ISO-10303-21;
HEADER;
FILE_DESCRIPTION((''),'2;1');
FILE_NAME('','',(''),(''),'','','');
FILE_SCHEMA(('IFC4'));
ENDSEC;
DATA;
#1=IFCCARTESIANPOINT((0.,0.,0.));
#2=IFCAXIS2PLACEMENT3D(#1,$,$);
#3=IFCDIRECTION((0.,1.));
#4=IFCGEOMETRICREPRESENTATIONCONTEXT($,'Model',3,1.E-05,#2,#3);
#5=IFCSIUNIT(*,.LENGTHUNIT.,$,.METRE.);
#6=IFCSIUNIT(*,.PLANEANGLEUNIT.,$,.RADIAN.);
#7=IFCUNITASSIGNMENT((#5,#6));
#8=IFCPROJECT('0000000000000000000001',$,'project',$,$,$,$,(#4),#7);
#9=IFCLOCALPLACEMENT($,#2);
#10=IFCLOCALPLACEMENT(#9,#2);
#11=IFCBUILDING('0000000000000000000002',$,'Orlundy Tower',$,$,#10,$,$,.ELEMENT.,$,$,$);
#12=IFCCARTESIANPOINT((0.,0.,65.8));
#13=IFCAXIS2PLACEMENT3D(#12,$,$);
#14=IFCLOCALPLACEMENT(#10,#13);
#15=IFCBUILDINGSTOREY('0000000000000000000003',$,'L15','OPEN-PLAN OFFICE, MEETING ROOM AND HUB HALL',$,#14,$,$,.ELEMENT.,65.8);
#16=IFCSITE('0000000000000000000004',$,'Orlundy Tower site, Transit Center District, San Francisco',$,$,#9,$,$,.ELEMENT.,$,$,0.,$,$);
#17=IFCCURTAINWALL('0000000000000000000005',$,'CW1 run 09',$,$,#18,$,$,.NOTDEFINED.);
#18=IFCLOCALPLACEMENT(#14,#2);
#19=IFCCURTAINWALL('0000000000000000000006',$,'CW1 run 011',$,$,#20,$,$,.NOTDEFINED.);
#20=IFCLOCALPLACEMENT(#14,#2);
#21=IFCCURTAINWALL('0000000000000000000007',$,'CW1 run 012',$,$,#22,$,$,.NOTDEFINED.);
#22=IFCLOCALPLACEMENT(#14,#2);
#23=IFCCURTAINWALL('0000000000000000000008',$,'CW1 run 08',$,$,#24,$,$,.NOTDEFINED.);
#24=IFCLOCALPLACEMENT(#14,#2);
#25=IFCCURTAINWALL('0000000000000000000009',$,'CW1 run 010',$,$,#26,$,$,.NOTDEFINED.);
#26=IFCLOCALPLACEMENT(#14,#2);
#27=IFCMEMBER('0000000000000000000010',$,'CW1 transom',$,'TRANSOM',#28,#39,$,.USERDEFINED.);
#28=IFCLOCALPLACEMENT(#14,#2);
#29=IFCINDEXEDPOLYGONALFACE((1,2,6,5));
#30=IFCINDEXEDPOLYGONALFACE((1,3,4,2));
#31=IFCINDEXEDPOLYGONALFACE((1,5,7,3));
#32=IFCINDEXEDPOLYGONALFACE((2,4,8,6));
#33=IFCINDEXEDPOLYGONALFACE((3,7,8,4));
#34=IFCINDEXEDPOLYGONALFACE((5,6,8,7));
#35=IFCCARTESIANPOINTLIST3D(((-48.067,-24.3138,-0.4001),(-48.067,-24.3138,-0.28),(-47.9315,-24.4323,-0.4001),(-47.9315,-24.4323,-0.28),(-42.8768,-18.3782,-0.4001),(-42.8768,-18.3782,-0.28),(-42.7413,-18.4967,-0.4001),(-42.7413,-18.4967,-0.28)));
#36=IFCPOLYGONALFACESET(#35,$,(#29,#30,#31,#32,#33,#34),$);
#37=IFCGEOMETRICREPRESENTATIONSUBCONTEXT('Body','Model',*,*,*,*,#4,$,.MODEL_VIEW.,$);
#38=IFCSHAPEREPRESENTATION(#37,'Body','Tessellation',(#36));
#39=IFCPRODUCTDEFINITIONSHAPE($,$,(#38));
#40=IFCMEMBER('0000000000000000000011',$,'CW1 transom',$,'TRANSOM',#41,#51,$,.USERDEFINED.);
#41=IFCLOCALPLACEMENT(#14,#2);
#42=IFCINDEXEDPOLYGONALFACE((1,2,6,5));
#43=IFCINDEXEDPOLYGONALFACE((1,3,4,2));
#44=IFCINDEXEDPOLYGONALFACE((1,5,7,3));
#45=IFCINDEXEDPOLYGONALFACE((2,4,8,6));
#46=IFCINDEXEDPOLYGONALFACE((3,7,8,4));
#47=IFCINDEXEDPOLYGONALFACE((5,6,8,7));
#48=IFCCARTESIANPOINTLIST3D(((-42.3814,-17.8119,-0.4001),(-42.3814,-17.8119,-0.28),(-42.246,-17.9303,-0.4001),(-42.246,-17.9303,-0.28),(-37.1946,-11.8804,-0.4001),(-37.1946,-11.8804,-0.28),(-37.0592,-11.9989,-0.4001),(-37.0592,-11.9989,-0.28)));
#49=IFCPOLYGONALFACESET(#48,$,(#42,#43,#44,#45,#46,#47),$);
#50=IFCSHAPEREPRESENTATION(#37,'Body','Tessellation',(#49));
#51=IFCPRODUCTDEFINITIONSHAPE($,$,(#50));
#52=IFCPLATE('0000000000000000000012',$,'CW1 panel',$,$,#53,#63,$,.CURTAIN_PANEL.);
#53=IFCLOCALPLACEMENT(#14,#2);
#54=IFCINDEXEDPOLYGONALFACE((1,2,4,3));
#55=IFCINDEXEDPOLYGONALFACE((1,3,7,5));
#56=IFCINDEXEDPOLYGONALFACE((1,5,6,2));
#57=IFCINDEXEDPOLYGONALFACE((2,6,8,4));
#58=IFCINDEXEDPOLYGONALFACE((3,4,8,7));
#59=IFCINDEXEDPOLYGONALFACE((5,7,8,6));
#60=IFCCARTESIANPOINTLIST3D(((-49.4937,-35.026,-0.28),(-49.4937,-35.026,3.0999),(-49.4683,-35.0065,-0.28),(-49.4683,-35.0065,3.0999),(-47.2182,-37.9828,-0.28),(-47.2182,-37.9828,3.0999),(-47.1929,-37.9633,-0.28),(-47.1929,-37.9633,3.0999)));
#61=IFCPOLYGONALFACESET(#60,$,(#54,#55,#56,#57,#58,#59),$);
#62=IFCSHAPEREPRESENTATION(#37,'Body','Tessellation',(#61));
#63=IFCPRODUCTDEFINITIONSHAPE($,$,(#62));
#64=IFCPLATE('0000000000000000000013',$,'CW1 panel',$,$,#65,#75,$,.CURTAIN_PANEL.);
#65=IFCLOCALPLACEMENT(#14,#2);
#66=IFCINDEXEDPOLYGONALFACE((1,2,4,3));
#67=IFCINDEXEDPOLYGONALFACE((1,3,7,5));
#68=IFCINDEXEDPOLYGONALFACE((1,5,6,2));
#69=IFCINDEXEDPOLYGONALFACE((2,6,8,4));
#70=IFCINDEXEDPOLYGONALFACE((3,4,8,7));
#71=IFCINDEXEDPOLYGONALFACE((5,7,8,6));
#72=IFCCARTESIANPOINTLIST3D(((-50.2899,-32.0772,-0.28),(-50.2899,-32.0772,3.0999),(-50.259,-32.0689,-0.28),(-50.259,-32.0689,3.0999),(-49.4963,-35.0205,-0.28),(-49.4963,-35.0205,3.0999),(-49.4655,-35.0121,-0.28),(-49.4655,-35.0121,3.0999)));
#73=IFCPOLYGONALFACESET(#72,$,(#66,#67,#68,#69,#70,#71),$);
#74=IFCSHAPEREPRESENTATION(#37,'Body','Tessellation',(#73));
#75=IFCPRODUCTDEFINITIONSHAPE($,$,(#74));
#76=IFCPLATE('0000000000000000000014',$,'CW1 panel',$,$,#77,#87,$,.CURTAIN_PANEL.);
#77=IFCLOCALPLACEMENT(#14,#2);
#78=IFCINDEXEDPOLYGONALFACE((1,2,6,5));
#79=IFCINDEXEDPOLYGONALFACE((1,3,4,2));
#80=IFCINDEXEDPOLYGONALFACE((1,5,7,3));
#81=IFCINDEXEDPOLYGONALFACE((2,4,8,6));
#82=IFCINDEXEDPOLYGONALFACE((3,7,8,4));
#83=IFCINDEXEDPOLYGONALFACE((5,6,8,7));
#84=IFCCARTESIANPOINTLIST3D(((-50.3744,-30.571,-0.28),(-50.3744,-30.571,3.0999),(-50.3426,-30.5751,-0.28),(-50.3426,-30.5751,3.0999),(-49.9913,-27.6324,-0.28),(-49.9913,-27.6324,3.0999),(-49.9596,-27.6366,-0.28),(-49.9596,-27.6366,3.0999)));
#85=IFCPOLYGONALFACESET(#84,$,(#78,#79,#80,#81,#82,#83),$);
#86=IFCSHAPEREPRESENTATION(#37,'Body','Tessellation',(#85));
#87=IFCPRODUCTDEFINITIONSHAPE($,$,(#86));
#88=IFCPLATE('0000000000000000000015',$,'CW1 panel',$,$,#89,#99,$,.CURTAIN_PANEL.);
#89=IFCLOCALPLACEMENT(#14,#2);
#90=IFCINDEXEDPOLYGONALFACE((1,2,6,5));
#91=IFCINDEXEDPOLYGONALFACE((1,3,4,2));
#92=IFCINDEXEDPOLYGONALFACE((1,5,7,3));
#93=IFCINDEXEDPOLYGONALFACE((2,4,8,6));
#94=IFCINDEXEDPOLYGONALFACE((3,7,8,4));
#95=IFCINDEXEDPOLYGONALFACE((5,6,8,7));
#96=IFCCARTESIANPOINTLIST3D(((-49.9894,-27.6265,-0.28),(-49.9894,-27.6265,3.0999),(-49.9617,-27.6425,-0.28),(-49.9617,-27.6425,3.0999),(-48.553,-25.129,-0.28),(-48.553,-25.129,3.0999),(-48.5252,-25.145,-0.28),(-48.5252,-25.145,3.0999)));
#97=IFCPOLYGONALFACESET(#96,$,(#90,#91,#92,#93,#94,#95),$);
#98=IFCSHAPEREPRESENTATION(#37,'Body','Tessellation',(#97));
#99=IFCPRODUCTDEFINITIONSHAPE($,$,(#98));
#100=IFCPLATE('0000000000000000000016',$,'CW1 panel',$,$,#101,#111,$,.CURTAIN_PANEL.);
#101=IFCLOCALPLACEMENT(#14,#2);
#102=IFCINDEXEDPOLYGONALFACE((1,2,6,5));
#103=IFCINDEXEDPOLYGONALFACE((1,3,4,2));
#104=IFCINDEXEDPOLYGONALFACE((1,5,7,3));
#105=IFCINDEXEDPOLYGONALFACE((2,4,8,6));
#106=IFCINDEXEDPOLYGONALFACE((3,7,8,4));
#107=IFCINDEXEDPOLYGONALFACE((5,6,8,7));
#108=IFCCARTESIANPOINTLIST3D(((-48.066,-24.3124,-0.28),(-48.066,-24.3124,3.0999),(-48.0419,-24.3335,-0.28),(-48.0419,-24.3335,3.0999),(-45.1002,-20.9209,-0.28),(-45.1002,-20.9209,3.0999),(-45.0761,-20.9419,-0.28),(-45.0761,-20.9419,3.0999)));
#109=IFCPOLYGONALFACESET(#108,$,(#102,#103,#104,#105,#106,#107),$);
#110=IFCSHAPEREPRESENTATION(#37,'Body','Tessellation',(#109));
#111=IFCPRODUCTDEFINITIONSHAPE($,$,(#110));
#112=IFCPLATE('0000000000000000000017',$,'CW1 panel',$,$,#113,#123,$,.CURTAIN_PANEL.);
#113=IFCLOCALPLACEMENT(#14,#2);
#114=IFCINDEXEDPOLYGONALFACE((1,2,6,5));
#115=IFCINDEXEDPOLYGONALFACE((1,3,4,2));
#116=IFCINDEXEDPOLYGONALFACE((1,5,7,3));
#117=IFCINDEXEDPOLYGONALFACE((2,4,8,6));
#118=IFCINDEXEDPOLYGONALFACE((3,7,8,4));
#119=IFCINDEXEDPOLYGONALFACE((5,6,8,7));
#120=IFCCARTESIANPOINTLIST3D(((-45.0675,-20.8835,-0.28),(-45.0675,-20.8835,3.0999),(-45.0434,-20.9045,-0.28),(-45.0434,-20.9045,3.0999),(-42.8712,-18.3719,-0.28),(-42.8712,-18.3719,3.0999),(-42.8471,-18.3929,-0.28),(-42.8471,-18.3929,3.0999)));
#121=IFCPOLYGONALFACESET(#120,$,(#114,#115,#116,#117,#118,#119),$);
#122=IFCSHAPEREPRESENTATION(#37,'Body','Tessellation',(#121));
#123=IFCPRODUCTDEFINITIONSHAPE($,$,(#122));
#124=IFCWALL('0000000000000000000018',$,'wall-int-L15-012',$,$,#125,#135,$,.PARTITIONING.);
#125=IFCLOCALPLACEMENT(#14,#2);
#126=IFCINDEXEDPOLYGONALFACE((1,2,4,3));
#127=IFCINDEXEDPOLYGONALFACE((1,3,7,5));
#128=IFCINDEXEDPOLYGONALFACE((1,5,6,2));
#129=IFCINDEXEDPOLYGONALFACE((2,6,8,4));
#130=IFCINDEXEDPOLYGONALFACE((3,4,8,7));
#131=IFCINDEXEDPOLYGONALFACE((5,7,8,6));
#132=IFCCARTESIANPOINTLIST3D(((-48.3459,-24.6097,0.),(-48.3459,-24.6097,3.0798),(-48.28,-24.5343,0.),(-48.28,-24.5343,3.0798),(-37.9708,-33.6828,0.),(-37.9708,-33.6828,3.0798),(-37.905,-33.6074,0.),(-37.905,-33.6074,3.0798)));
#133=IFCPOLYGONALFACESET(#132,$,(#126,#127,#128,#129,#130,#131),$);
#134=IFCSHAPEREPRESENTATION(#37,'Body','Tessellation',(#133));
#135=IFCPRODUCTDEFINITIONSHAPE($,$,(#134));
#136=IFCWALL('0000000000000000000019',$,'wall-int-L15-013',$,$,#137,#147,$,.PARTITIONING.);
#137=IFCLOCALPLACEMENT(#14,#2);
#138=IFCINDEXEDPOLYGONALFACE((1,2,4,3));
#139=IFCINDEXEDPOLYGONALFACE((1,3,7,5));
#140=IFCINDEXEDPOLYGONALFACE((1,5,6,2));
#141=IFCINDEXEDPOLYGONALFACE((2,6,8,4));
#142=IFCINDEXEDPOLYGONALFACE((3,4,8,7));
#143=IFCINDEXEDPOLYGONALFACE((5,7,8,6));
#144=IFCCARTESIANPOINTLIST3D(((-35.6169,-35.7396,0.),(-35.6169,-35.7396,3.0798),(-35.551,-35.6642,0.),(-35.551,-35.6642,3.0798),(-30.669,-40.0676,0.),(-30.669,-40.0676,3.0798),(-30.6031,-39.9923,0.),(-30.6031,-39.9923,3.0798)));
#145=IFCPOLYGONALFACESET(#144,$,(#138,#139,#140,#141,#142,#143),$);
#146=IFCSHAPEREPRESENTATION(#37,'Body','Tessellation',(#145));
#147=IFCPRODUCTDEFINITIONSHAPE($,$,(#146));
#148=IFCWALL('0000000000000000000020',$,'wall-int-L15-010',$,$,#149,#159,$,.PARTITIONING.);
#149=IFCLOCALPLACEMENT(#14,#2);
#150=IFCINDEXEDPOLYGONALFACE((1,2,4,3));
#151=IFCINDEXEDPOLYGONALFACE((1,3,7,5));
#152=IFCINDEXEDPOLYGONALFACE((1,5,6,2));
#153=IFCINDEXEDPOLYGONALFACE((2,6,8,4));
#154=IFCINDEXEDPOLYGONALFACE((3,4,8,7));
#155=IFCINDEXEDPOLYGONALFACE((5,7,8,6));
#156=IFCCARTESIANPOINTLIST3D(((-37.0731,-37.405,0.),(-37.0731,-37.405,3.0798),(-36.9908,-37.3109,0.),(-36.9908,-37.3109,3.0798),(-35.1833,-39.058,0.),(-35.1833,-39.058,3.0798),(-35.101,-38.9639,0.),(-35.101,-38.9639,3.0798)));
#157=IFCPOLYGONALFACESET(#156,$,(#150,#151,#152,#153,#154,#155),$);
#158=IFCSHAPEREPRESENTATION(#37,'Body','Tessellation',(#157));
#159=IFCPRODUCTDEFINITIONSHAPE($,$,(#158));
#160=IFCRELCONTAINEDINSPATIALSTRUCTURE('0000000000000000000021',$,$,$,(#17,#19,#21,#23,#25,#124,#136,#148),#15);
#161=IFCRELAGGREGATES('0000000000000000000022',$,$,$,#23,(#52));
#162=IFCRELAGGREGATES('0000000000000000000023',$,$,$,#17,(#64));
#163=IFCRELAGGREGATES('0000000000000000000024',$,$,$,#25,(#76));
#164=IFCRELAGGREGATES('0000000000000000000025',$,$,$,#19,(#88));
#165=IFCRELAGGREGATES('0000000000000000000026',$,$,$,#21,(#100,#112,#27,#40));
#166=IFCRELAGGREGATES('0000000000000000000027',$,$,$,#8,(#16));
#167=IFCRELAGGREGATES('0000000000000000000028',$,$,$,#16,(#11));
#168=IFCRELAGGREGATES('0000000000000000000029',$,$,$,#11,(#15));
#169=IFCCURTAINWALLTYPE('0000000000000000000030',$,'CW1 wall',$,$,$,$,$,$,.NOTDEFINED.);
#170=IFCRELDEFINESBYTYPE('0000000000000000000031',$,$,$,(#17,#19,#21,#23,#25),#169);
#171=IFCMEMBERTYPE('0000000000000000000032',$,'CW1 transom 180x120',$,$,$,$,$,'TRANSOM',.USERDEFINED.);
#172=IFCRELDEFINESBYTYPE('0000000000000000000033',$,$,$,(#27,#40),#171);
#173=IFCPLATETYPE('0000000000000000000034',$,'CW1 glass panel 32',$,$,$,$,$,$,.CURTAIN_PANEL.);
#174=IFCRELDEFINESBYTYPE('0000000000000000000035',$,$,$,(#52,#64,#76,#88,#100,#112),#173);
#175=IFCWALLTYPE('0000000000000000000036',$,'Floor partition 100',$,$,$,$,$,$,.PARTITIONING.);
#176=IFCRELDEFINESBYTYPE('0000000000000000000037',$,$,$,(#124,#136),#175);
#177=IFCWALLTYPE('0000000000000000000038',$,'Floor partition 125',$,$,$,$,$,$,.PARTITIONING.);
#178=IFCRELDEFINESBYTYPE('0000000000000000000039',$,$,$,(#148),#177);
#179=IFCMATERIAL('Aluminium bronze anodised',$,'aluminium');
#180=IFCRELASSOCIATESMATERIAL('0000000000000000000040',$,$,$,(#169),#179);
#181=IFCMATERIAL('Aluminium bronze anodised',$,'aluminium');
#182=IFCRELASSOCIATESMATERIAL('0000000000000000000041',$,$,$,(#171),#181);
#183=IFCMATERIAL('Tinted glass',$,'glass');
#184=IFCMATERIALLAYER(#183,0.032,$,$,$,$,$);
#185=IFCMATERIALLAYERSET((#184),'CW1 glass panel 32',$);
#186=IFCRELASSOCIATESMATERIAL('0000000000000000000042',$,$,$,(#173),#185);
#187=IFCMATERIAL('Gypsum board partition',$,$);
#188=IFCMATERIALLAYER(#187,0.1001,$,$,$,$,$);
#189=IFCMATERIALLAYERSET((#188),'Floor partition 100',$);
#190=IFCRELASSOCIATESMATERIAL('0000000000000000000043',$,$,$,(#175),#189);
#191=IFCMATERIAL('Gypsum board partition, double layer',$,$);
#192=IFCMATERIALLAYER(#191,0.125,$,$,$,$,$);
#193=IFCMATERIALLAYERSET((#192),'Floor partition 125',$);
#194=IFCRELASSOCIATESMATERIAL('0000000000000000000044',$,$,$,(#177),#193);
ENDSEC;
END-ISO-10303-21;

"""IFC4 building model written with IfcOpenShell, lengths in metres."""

from ifc_helpers import new_model, si_unit, direction, frame, frame_2d, origin, origin_2d, place, context, subcontext, project, spatial, rectangle, extrude, material, layer, layer_set, material_profile, profile_set, type_object, element, aggregate, save


model = new_model("IFC4")

# Units and contexts
model_context = context("Model", 3, precision=1e-05, world=origin(), true_north=direction((0.0, 1.0)))
body_context = subcontext(model_context, "Body", "Model", "MODEL_VIEW")
ifc_project = project(units=[si_unit("LENGTHUNIT", "METRE"), si_unit("PLANEANGLEUNIT", "RADIAN")], contexts=[model_context])

# Site, building, storey
site_placement = place(None, origin())
site = spatial("IfcSite", under=ifc_project, at=site_placement, Name="Orlundy Tower site, Transit Center District, San Francisco", CompositionType="ELEMENT", RefElevation=0.0)
building_placement = place(site_placement, origin())
building = spatial("IfcBuilding", under=site, at=building_placement, Name="Orlundy Tower", CompositionType="ELEMENT")
storey_placement = place(building_placement, frame((0.0, 0.0, 65.8)))
storey = spatial("IfcBuildingStorey", under=building, at=storey_placement, Name="L15", Description="OPEN-PLAN OFFICE, MEETING ROOM AND HUB HALL", CompositionType="ELEMENT", Elevation=65.8)

# Curtain walls
ifc_material_1 = material(Name="Aluminium bronze anodised", Category="aluminium")
curtain_wall_type = type_object("IfcCurtainWallType", Name="CW1 wall", PredefinedType="NOTDEFINED", material=ifc_material_1)
curtain_wall_1_placement = place(storey_placement, origin())
curtain_wall_1 = element("IfcCurtainWall", 1, at=curtain_wall_1_placement, inside=storey, type_object=curtain_wall_type, Name="CW1 run 09", PredefinedType="NOTDEFINED")
curtain_wall_2_placement = place(storey_placement, origin())
curtain_wall_2 = element("IfcCurtainWall", 2, at=curtain_wall_2_placement, inside=storey, type_object=curtain_wall_type, Name="CW1 run 011", PredefinedType="NOTDEFINED")

# Curtain wall
curtain_wall_3_placement = place(storey_placement, origin())
curtain_wall_3 = element("IfcCurtainWall", 3, at=curtain_wall_3_placement, inside=storey, type_object=curtain_wall_type, Name="CW1 run 012", PredefinedType="NOTDEFINED")

# Curtain wall
curtain_wall_4_placement = place(storey_placement, origin())
curtain_wall_4 = element("IfcCurtainWall", 4, at=curtain_wall_4_placement, inside=storey, type_object=curtain_wall_type, Name="CW1 run 08", PredefinedType="NOTDEFINED")
ifc_material_2 = material(Name="Aluminium bronze anodised", Category="aluminium")
ifc_material_profile_1 = material_profile(ifc_material_2, rectangle(XDim=0.1799, YDim=0.1201, at=origin_2d()), Name="CW1 transom 180x120")
ifc_profile_set_1 = profile_set([ifc_material_profile_1], Name="Aluminium bronze anodised")
member_type_1 = type_object("IfcMemberType", Name="CW1 transom 180x120", ElementType="TRANSOM", PredefinedType="USERDEFINED", material=ifc_profile_set_1)

# Curtain wall
curtain_wall_5_placement = place(storey_placement, origin())
curtain_wall_5 = element("IfcCurtainWall", 5, at=curtain_wall_5_placement, inside=storey, type_object=curtain_wall_type, Name="CW1 run 010", PredefinedType="NOTDEFINED")

# Members
member_1_placement = place(storey_placement, frame((-47.9993, -24.373, -0.3401), z_axis=(0.658259, 0.752791, 0.0), x_axis=(-0.752791, 0.658259, 0.0)))
member_1 = element("IfcMember", 6, at=member_1_placement, type_object=member_type_1, Name="CW1 transom", ObjectType="TRANSOM", PredefinedType="USERDEFINED", context=body_context, shape_type="SweptSolid", body=[
    extrude(rectangle(XDim=0.1799, YDim=0.1201, at=origin_2d()), origin(), (0.0, 0.0, 1.0), 7.8848),
])
member_2_placement = place(storey_placement, frame((-42.3137, -17.8711, -0.3401), z_axis=(0.658274, 0.752778, 0.0), x_axis=(-0.752778, 0.658274, 0.0)))
member_2 = element("IfcMember", 7, at=member_2_placement, type_object=member_type_1, Name="CW1 transom", ObjectType="TRANSOM", PredefinedType="USERDEFINED", context=body_context, shape_type="SweptSolid", body=[
    extrude(rectangle(XDim=0.1799, YDim=0.1201, at=origin_2d()), origin(), (0.0, 0.0, 1.0), 7.8794),
])

# Plates
ifc_material_3 = material(Name="Tinted glass", Category="glass")
ifc_layer_1 = layer(ifc_material_3, 0.032)
ifc_layer_set_1 = layer_set([ifc_layer_1], Name="CW1 glass panel 32")
plate_type = type_object("IfcPlateType", Name="CW1 glass panel 32", PredefinedType="CURTAIN_PANEL", material=ifc_layer_set_1)
plate_1_placement = place(storey_placement, frame((-48.3433, -36.4946, -0.28), z_axis=(0.0, 0.0, 1.0), x_axis=(-0.60988, 0.792494, 0.0)))
plate_1 = element("IfcPlate", 8, at=plate_1_placement, type_object=plate_type, Name="CW1 panel", PredefinedType="CURTAIN_PANEL", context=body_context, shape_type="SweptSolid", body=[
    extrude(rectangle(XDim=3.731, YDim=0.032, at=origin_2d()), origin(), (0.0, 0.0, 1.0), 3.3799),
])
aggregate(curtain_wall_4, [plate_1])
plate_2_placement = place(storey_placement, frame((-49.8777, -33.5447, -0.28), z_axis=(0.0, 0.0, 1.0), x_axis=(-0.260331, 0.965519, 0.0)))
plate_2 = element("IfcPlate", 9, at=plate_2_placement, type_object=plate_type, Name="CW1 panel", PredefinedType="CURTAIN_PANEL", context=body_context, shape_type="SweptSolid", body=[
    extrude(rectangle(XDim=3.0483, YDim=0.032, at=origin_2d()), origin(), (0.0, 0.0, 1.0), 3.3799),
])
aggregate(curtain_wall_1, [plate_2])
plate_3_placement = place(storey_placement, frame((-50.167, -29.1038, -0.28), z_axis=(0.0, 0.0, 1.0), x_axis=(0.129247, 0.991612, 0.0)))
plate_3 = element("IfcPlate", 10, at=plate_3_placement, type_object=plate_type, Name="CW1 panel", PredefinedType="CURTAIN_PANEL", context=body_context, shape_type="SweptSolid", body=[
    extrude(rectangle(XDim=2.9634, YDim=0.032, at=origin_2d()), origin(), (0.0, 0.0, 1.0), 3.3799),
])
aggregate(curtain_wall_5, [plate_3])
plate_4_placement = place(storey_placement, frame((-49.2573, -26.3857, -0.28), z_axis=(0.0, 0.0, 1.0), x_axis=(0.498578, 0.866845, 0.0)))
plate_4 = element("IfcPlate", 11, at=plate_4_placement, type_object=plate_type, Name="CW1 panel", PredefinedType="CURTAIN_PANEL", context=body_context, shape_type="SweptSolid", body=[
    extrude(rectangle(XDim=2.8811, YDim=0.032, at=origin_2d()), origin(), (0.0, 0.0, 1.0), 3.3799),
])
aggregate(curtain_wall_2, [plate_4])
plate_5_placement = place(storey_placement, frame((-46.571, -22.6272, -0.28), z_axis=(0.0, 0.0, 1.0), x_axis=(0.658273, 0.752779, 0.0)))
plate_5 = element("IfcPlate", 12, at=plate_5_placement, type_object=plate_type, Name="CW1 panel", PredefinedType="CURTAIN_PANEL", context=body_context, shape_type="SweptSolid", body=[
    extrude(rectangle(XDim=4.5054, YDim=0.032, at=origin_2d()), origin(), (0.0, 0.0, 1.0), 3.3799),
])
plate_6_placement = place(storey_placement, frame((-43.9573, -19.6382, -0.28), z_axis=(0.0, 0.0, 1.0), x_axis=(0.658273, 0.752779, 0.0)))
plate_6 = element("IfcPlate", 13, at=plate_6_placement, type_object=plate_type, Name="CW1 panel", PredefinedType="CURTAIN_PANEL", context=body_context, shape_type="SweptSolid", body=[
    extrude(rectangle(XDim=3.3364, YDim=0.032, at=origin_2d()), origin(), (0.0, 0.0, 1.0), 3.3799),
])
aggregate(curtain_wall_3, [plate_5, plate_6, member_1, member_2])

# Walls
ifc_material_4 = material(Name="Gypsum board partition")
ifc_layer_2 = layer(ifc_material_4, 0.1001)
ifc_layer_set_2 = layer_set([ifc_layer_2], Name="Floor partition 100")
wall_type_1 = type_object("IfcWallType", Name="Floor partition 100", PredefinedType="PARTITIONING", material=ifc_layer_set_2)
wall_1_placement = place(storey_placement, frame((-48.313, -24.572, 0.0), z_axis=(0.0, 0.0, 1.0), x_axis=(0.752761, -0.658294, 0.0)))
element("IfcWall", 14, at=wall_1_placement, inside=storey, type_object=wall_type_1, Name="wall-int-L15-012", PredefinedType="PARTITIONING", context=body_context, shape_type="SweptSolid", body=[
    extrude(rectangle(XDim=13.7827, YDim=0.1001, at=frame_2d((6.8914, 0.0))), origin(), (0.0, 0.0, 1.0), 3.0798),
])
wall_2_placement = place(storey_placement, frame((-35.584, -35.7019, 0.0), z_axis=(0.0, 0.0, 1.0), x_axis=(0.75268, -0.658386, 0.0)))
element("IfcWall", 15, at=wall_2_placement, inside=storey, type_object=wall_type_1, Name="wall-int-L15-013", PredefinedType="PARTITIONING", context=body_context, shape_type="SweptSolid", body=[
    extrude(rectangle(XDim=6.5737, YDim=0.1001, at=frame_2d((3.2869, 0.0))), origin(), (0.0, 0.0, 1.0), 3.0798),
])
ifc_material_5 = material(Name="Gypsum board partition, double layer")
ifc_layer_3 = layer(ifc_material_5, 0.125)
ifc_layer_set_3 = layer_set([ifc_layer_3], Name="Floor partition 125")
wall_type_2 = type_object("IfcWallType", Name="Floor partition 125", PredefinedType="PARTITIONING", material=ifc_layer_set_3)
wall_3_placement = place(storey_placement, frame((-37.032, -37.3579, 0.0), z_axis=(0.0, 0.0, 1.0), x_axis=(0.752691, -0.658374, 0.0)))
element("IfcWall", 16, at=wall_3_placement, inside=storey, type_object=wall_type_2, Name="wall-int-L15-010", PredefinedType="PARTITIONING", context=body_context, shape_type="SweptSolid", body=[
    extrude(rectangle(XDim=2.5107, YDim=0.125, at=frame_2d((1.2554, 0.0))), origin(), (0.0, 0.0, 1.0), 3.0798),
])

save(model, "model.ifc")
